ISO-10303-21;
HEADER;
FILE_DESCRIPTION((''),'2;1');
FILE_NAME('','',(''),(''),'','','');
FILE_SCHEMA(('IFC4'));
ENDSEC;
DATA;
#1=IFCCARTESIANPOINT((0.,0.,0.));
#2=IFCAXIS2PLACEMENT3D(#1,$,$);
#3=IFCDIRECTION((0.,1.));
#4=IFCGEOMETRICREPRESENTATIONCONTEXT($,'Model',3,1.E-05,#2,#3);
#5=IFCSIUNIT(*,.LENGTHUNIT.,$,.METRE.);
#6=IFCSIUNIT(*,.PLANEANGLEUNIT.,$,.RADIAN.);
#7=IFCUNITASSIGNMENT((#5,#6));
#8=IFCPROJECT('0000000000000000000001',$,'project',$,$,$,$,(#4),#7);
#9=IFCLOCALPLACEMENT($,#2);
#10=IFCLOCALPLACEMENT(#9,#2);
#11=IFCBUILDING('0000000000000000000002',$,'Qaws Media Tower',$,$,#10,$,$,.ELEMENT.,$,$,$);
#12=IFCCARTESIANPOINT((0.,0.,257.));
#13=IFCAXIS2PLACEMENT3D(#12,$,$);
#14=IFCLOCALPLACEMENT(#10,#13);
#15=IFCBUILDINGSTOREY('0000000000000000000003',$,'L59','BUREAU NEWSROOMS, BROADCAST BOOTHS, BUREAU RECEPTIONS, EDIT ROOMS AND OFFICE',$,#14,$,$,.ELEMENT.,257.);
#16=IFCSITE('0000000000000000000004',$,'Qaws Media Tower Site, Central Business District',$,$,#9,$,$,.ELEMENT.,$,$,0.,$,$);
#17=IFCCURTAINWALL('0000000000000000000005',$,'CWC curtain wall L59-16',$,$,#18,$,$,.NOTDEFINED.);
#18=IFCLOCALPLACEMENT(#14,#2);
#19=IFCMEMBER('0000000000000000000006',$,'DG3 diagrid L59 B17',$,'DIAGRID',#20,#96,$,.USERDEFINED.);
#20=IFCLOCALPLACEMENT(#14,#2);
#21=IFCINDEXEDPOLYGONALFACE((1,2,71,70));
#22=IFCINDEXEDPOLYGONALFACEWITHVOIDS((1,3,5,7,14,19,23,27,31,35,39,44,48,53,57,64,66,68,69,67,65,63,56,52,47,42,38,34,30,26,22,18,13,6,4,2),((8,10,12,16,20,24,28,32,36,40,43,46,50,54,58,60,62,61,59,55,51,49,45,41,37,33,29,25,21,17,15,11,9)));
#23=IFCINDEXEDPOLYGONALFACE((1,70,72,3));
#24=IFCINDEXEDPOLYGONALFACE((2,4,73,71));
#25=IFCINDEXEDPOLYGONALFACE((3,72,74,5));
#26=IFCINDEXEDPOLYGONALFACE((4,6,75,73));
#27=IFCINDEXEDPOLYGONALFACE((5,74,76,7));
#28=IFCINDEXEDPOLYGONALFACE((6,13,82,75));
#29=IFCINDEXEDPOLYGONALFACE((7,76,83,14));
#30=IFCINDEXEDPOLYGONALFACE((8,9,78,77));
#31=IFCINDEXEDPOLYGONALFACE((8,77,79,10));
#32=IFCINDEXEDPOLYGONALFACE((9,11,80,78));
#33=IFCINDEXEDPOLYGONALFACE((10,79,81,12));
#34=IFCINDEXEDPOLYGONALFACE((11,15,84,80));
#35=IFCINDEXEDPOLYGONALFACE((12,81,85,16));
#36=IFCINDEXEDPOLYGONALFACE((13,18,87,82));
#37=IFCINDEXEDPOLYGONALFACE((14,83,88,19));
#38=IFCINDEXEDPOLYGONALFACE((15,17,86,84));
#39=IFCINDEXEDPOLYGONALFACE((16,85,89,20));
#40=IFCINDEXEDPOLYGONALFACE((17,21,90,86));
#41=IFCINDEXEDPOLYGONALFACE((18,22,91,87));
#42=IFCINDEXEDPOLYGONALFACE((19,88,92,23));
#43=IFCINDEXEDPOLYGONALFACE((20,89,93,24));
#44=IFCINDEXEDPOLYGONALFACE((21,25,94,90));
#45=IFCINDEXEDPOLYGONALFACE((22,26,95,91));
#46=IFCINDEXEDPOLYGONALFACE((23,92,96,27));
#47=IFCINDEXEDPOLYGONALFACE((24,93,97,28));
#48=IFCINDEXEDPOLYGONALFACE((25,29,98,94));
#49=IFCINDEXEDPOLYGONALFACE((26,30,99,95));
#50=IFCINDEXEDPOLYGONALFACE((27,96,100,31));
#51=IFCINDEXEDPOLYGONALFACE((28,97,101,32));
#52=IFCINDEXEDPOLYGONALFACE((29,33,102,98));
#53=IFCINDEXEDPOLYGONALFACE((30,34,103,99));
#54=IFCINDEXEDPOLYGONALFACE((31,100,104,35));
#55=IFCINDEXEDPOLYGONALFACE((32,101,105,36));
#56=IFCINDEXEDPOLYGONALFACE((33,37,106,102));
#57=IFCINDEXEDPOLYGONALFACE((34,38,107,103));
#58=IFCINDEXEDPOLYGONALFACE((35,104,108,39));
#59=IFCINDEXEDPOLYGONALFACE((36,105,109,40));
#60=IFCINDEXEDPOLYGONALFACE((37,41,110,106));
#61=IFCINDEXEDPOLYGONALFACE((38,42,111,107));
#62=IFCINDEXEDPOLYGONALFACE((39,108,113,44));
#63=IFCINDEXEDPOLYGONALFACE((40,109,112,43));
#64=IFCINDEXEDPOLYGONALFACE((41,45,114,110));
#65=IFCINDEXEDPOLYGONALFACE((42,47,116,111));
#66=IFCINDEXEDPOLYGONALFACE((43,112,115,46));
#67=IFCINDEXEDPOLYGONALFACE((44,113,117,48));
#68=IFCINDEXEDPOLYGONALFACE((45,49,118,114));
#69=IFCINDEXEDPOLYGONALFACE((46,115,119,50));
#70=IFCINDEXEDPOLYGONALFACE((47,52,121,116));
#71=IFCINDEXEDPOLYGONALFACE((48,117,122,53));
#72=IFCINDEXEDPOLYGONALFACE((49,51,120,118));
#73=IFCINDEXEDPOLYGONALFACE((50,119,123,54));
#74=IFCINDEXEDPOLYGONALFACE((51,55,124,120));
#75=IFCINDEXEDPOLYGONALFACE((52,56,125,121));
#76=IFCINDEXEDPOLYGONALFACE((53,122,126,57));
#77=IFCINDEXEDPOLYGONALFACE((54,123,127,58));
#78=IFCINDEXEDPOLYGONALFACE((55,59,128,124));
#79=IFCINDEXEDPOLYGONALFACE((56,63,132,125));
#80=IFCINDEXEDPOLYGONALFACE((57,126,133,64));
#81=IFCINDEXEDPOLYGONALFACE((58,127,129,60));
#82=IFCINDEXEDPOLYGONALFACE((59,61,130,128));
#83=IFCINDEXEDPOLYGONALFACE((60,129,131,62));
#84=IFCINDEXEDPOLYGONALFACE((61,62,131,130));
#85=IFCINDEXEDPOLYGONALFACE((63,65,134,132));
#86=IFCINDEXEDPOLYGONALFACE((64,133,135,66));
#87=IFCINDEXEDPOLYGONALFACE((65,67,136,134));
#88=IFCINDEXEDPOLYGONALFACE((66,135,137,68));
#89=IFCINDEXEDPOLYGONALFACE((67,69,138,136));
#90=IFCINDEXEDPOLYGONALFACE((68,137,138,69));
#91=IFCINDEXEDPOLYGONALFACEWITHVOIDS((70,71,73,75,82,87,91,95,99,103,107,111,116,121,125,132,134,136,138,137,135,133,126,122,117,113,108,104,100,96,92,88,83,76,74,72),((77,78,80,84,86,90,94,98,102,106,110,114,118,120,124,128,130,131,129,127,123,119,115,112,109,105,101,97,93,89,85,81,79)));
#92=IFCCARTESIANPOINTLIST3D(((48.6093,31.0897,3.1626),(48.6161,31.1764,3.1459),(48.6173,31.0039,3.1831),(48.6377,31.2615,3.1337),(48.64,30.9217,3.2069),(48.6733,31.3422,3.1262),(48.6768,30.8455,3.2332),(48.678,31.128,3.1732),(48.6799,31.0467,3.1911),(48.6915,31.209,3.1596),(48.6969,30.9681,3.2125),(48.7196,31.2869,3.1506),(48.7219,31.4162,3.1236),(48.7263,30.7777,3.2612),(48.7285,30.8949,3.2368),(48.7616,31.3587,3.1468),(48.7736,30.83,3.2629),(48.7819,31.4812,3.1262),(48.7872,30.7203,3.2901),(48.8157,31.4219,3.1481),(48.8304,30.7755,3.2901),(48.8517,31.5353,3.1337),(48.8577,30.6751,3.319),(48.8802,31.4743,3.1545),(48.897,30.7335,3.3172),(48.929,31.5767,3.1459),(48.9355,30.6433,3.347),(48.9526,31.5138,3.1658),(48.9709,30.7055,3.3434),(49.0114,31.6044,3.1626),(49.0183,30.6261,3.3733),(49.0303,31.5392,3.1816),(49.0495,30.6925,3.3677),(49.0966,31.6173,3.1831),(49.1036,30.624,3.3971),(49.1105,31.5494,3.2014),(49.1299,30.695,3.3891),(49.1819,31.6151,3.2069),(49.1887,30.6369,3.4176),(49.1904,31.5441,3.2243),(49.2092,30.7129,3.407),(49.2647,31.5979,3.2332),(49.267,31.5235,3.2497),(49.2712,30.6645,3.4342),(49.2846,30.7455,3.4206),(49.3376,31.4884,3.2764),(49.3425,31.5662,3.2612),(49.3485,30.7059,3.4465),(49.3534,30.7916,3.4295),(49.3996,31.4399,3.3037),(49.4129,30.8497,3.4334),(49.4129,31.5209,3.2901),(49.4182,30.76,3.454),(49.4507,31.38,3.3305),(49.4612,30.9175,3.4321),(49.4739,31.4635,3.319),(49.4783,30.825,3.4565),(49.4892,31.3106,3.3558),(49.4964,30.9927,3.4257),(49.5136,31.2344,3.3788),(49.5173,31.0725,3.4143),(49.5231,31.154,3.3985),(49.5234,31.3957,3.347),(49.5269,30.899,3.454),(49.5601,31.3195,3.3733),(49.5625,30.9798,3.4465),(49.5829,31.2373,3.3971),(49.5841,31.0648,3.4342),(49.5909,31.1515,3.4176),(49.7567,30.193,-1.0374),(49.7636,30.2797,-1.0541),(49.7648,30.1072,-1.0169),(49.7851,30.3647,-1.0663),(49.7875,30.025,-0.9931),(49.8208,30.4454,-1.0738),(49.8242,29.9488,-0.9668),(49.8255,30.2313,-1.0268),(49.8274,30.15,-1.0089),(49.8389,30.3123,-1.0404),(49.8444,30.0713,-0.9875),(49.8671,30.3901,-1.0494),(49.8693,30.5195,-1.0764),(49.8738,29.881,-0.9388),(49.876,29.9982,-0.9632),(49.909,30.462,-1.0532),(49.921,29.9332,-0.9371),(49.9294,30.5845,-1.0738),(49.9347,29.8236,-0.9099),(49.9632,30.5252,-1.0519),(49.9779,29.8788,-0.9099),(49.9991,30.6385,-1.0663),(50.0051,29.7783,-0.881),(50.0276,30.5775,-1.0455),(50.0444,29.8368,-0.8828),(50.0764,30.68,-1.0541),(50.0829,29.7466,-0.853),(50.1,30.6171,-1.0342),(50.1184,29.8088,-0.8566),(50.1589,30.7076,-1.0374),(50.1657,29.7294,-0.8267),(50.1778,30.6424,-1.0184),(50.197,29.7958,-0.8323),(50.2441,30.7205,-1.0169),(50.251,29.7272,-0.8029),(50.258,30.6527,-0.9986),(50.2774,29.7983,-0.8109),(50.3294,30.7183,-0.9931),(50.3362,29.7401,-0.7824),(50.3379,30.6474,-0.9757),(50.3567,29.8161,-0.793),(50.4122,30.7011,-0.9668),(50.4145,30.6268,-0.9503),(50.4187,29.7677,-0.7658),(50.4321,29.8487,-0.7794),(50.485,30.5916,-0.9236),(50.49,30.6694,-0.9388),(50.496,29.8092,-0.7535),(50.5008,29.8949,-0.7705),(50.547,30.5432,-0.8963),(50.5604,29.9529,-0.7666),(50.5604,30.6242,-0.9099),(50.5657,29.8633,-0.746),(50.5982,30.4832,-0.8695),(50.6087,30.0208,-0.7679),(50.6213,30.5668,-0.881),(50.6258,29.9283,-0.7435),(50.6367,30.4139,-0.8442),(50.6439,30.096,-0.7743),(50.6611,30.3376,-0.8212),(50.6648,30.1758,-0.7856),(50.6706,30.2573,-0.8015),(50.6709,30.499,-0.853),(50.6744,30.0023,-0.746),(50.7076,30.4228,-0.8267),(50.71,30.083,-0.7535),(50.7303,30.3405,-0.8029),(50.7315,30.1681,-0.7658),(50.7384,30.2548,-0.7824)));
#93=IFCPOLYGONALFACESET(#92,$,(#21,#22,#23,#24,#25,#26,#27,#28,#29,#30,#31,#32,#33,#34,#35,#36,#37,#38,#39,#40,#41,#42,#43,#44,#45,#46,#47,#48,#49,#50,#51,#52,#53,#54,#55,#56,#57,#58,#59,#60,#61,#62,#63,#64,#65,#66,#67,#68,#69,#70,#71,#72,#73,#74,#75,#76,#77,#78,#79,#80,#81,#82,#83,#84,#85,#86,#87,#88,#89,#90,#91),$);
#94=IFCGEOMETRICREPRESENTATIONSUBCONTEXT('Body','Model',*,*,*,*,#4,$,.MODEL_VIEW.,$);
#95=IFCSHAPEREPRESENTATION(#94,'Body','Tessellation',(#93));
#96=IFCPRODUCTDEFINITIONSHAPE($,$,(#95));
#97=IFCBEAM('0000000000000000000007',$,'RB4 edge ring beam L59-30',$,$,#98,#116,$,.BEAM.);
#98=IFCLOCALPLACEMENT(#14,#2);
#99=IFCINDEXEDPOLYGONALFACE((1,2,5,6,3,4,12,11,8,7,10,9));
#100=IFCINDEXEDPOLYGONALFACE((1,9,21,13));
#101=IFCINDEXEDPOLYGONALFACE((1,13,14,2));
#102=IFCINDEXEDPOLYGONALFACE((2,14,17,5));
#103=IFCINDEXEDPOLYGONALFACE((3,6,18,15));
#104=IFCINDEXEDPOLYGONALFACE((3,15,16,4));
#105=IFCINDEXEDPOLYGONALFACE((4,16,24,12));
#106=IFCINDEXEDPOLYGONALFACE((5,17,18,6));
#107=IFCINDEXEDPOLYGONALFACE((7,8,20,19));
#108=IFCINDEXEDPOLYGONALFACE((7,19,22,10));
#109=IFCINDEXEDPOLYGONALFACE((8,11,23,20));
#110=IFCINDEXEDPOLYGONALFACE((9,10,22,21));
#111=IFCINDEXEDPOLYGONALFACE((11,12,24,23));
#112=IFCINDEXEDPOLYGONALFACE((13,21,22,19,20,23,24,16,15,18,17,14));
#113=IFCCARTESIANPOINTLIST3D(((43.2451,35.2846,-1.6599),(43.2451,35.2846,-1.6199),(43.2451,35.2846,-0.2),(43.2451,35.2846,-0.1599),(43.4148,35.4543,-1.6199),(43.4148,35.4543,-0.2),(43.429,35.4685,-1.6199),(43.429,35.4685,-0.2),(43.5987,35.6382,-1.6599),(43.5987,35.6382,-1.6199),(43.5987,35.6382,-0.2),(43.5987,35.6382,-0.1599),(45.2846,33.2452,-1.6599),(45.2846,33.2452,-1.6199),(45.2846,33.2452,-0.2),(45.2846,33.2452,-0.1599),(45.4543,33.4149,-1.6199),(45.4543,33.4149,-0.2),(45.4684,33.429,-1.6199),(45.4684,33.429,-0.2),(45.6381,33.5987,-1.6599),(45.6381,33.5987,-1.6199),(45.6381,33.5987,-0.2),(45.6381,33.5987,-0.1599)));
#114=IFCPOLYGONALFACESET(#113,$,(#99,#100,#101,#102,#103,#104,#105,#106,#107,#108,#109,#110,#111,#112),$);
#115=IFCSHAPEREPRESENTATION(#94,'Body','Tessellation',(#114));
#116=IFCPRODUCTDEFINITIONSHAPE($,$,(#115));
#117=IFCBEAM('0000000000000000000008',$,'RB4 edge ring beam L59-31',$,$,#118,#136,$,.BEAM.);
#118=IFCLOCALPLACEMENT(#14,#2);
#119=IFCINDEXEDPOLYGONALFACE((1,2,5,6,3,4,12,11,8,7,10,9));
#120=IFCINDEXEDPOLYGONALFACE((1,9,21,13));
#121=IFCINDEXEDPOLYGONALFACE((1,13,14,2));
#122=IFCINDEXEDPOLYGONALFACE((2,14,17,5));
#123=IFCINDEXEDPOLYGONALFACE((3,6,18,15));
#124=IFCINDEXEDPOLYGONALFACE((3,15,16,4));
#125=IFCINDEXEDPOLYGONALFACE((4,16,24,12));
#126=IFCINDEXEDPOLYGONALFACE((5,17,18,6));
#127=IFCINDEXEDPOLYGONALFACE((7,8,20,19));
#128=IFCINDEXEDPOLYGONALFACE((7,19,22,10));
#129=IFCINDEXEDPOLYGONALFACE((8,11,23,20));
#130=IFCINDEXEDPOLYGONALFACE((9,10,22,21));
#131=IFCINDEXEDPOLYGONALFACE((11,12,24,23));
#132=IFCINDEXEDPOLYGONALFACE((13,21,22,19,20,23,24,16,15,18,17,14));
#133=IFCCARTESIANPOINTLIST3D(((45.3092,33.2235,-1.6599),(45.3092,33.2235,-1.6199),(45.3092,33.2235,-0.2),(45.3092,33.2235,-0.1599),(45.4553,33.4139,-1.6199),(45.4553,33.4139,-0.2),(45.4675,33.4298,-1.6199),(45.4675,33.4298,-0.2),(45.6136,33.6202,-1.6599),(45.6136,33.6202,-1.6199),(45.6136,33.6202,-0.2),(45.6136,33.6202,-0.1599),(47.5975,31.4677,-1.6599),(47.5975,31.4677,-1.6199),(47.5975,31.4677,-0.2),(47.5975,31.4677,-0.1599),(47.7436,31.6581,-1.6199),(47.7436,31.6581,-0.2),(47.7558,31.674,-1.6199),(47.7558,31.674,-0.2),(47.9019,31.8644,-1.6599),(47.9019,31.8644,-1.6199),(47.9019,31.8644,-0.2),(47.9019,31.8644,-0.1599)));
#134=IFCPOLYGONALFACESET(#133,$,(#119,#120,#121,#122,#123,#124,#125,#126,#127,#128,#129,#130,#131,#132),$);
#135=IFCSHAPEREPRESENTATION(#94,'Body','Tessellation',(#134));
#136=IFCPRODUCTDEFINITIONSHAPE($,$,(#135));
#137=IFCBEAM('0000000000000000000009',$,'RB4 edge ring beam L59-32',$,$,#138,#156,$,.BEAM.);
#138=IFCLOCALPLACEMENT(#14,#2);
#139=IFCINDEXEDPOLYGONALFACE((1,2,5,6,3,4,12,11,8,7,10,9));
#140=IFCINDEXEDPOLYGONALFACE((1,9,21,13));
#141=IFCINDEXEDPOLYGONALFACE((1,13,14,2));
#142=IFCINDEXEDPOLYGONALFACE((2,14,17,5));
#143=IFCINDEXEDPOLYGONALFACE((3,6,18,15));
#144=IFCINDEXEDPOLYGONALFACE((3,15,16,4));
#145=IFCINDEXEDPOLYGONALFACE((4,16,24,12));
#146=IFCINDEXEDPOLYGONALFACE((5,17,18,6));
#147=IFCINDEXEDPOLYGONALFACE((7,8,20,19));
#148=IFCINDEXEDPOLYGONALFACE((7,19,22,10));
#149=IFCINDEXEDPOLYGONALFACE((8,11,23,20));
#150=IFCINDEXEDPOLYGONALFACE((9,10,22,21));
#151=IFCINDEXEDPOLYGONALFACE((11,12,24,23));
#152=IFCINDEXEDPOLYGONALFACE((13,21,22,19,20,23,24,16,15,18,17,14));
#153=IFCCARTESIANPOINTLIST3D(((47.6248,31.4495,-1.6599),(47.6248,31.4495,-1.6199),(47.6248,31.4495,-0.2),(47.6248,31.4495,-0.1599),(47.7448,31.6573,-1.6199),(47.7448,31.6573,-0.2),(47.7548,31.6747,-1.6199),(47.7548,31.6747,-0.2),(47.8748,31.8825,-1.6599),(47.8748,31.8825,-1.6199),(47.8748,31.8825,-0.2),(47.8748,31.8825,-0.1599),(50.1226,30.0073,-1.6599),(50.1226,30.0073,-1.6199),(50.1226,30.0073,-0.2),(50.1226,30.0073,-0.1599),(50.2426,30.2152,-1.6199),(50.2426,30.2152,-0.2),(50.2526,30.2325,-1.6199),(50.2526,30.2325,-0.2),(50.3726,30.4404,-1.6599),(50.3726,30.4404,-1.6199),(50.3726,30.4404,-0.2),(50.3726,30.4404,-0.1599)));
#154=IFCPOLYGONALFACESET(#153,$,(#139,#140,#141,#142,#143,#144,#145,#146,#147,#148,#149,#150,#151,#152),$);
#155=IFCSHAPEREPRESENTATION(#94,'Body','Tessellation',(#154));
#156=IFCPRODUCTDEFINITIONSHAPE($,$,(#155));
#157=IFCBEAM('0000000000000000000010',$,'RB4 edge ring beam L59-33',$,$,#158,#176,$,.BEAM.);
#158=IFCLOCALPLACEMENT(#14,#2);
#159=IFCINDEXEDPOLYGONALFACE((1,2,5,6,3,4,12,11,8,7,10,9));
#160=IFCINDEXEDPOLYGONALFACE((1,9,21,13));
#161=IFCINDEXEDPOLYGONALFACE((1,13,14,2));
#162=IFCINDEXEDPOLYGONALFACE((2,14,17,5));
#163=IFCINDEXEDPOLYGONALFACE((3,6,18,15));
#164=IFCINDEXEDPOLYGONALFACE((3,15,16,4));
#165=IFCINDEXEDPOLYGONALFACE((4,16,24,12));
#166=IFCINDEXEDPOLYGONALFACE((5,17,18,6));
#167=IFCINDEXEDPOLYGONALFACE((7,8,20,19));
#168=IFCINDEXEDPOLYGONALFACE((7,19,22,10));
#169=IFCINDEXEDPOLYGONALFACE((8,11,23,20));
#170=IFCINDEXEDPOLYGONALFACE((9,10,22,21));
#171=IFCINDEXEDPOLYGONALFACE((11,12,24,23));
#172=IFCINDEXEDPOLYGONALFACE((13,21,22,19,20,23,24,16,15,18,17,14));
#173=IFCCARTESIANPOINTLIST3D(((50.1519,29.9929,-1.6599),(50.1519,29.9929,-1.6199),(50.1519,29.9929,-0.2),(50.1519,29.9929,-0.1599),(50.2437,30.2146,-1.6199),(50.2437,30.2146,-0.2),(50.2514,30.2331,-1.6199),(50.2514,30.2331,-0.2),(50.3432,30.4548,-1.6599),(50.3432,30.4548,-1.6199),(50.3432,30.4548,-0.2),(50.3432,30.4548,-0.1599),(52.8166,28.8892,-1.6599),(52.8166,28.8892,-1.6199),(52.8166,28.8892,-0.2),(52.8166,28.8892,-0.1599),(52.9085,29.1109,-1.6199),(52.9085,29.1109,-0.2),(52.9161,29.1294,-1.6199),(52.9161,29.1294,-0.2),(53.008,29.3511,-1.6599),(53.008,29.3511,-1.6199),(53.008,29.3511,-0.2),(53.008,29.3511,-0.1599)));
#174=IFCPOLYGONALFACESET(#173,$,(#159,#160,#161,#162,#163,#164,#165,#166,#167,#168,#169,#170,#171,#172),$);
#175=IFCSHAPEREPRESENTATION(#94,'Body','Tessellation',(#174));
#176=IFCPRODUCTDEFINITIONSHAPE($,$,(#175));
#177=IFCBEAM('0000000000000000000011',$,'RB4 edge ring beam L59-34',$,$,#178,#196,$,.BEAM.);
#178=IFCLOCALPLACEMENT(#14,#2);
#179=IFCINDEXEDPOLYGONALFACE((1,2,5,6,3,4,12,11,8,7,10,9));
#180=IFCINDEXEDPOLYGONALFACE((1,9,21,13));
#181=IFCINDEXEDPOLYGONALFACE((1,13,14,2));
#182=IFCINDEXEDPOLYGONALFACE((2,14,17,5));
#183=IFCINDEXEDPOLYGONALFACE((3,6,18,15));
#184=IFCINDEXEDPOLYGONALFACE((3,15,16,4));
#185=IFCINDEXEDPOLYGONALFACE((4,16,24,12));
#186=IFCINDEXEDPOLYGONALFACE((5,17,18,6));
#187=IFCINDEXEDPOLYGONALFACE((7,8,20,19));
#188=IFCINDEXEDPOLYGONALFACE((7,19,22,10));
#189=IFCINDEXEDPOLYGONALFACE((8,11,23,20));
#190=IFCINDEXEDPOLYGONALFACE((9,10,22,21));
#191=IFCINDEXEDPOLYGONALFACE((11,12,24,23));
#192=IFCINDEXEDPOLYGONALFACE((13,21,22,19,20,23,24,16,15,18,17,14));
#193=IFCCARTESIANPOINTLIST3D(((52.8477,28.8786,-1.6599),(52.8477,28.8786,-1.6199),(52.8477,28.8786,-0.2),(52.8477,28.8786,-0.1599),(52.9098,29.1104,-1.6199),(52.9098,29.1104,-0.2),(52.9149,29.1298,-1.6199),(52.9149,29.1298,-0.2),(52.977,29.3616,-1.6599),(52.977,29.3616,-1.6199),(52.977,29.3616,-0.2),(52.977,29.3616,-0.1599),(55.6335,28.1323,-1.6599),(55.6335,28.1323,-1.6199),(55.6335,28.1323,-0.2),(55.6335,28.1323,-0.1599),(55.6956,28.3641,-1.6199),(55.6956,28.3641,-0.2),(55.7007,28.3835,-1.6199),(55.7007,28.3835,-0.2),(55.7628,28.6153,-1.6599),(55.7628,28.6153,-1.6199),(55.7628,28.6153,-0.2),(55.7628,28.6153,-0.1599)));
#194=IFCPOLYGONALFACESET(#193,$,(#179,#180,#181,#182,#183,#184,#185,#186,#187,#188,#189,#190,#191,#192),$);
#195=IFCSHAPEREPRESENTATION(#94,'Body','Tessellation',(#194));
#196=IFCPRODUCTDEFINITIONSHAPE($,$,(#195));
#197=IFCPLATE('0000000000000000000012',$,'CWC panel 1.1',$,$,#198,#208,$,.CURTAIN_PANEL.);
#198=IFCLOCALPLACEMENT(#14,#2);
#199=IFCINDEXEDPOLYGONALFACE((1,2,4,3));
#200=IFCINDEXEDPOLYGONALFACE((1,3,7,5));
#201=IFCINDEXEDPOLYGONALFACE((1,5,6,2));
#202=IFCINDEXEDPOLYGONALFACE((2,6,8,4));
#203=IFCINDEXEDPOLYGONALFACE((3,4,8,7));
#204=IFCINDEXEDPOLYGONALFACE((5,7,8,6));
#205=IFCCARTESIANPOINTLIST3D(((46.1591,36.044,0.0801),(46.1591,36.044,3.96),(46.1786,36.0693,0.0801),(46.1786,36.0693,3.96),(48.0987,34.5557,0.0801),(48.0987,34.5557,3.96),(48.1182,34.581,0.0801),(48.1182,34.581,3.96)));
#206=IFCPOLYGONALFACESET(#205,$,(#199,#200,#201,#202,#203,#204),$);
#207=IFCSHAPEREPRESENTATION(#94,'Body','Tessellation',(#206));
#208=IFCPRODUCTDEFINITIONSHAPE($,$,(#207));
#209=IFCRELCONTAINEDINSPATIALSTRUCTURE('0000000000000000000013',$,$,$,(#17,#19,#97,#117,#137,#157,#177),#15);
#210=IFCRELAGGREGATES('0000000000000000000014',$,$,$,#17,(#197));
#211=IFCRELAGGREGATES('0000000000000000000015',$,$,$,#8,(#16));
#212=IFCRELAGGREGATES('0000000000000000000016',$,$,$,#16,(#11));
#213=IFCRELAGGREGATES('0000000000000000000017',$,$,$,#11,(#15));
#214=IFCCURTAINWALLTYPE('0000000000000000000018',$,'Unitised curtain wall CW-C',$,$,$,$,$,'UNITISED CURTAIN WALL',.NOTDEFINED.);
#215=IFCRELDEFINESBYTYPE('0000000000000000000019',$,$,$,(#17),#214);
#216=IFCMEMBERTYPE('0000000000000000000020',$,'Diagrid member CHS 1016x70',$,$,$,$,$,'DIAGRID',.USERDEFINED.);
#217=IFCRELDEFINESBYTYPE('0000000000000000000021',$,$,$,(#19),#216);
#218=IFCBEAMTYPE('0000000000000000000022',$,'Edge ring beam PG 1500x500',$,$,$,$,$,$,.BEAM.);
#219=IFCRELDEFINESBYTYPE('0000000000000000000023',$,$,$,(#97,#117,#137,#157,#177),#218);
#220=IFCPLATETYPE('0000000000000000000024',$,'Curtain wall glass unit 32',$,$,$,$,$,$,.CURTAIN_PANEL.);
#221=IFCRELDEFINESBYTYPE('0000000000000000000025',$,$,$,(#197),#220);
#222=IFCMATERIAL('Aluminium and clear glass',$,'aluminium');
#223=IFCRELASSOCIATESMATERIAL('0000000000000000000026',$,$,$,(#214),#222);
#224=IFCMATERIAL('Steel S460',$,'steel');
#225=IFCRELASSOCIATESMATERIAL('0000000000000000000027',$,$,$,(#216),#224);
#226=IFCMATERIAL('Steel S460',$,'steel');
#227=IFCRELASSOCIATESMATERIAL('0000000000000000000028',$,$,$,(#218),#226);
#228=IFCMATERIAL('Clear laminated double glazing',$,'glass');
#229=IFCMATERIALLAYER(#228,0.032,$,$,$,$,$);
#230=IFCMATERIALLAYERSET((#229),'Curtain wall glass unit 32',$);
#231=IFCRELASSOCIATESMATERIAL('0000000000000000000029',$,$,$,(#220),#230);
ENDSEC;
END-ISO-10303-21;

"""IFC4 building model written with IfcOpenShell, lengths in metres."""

from ifc_helpers import new_model, si_unit, direction, frame, origin, origin_2d, place, context, subcontext, project, spatial, rectangle, hollow_circle, i_section, extrude, material, layer, layer_set, material_profile, profile_set, type_object, element, aggregate, save


model = new_model("IFC4")

# Units and contexts
model_context = context("Model", 3, precision=1e-05, world=origin(), true_north=direction((0.0, 1.0)))
body_context = subcontext(model_context, "Body", "Model", "MODEL_VIEW")
ifc_project = project(units=[si_unit("LENGTHUNIT", "METRE"), si_unit("PLANEANGLEUNIT", "RADIAN")], contexts=[model_context])

# Site, building, storey
site_placement = place(None, origin())
site = spatial("IfcSite", under=ifc_project, at=site_placement, Name="Qaws Media Tower Site, Central Business District", CompositionType="ELEMENT", RefElevation=0.0)
building_placement = place(site_placement, origin())
building = spatial("IfcBuilding", under=site, at=building_placement, Name="Qaws Media Tower", CompositionType="ELEMENT")
storey_placement = place(building_placement, frame((0.0, 0.0, 257.0)))
storey = spatial("IfcBuildingStorey", under=building, at=storey_placement, Name="L59", Description="BUREAU NEWSROOMS, BROADCAST BOOTHS, BUREAU RECEPTIONS, EDIT ROOMS AND OFFICE", CompositionType="ELEMENT", Elevation=257.0)

# Curtain wall
ifc_material_1 = material(Name="Aluminium and clear glass", Category="aluminium")
curtain_wall_type = type_object("IfcCurtainWallType", Name="Unitised curtain wall CW-C", ElementType="UNITISED CURTAIN WALL", PredefinedType="NOTDEFINED", material=ifc_material_1)
curtain_wall_1_placement = place(storey_placement, origin())
curtain_wall_1 = element("IfcCurtainWall", 1, at=curtain_wall_1_placement, inside=storey, type_object=curtain_wall_type, Name="CWC curtain wall L59-16", PredefinedType="NOTDEFINED")

# Member
ifc_material_2 = material(Name="Steel S460", Category="steel")
ifc_material_profile_1 = material_profile(ifc_material_2, hollow_circle(Radius=0.5081, WallThickness=0.0701, at=origin_2d()), Name="CHS 1016x70")
ifc_profile_set_1 = profile_set([ifc_material_profile_1], Name="Steel S460")
member_type_1 = type_object("IfcMemberType", Name="Diagrid member CHS 1016x70", ElementType="DIAGRID", PredefinedType="USERDEFINED", material=ifc_profile_set_1)
for number, where, z_axis, x_axis, name in (
    (2, (50.2476, 30.2239, -0.9099), (-0.258131, 0.201727, 0.944815), (-0.615761, -0.787933, 0.0), "DG3 diagrid L59 B17"),
):
    element("IfcMember", number, at=place(storey_placement, frame(where, z_axis=z_axis, x_axis=x_axis)), inside=storey, type_object=member_type_1, Name=name, ObjectType="DIAGRID", PredefinedType="USERDEFINED", context=body_context, shape_type="SweptSolid", body=[
        extrude(hollow_circle(Radius=0.5081, WallThickness=0.0701, at=origin_2d()), origin(), (0.0, 0.0, 1.0), 4.4453),
    ])

# Beams
ifc_material_3 = material(Name="Steel S460", Category="steel")
ifc_material_profile_2 = material_profile(ifc_material_3, i_section(OverallWidth=0.5, OverallDepth=1.5, WebThickness=0.02, FlangeThickness=0.04, at=origin_2d()), Name="PG 1500x500")
ifc_profile_set_2 = profile_set([ifc_material_profile_2], Name="Steel S460")
beam_type = type_object("IfcBeamType", Name="Edge ring beam PG 1500x500", PredefinedType="BEAM", material=ifc_profile_set_2)
for number, where, z_axis, x_axis, name in (
    (3, (43.4219, 35.4614, -0.9099), (0.707107, -0.707107, 0.0), (0.707107, 0.707107, 0.0), "RB4 edge ring beam L59-30"),
    (4, (45.4614, 33.4219, -0.9099), (0.79336, -0.608753, 0.0), (0.608753, 0.79336, 0.0), "RB4 edge ring beam L59-31"),
    (5, (47.7498, 31.666, -0.9099), (0.866021, -0.500008, 0.0), (0.500008, 0.866021, 0.0), "RB4 edge ring beam L59-32"),
    (6, (50.2476, 30.2239, -0.9099), (0.923884, -0.382673, 0.0), (0.382673, 0.923884, 0.0), "RB4 edge ring beam L59-33"),
):
    element("IfcBeam", number, at=place(storey_placement, frame(where, z_axis=z_axis, x_axis=x_axis)), inside=storey, type_object=beam_type, Name=name, PredefinedType="BEAM", context=body_context, shape_type="SweptSolid", body=[
        extrude(i_section(OverallWidth=0.5, OverallDepth=1.5, WebThickness=0.02, FlangeThickness=0.04, at=origin_2d()), origin(), (0.0, 0.0, 1.0), 2.8843),
    ])
beam_placement = place(storey_placement, frame((52.9124, 29.1201, -0.9099), z_axis=(0.965938, -0.258774, 0.0), x_axis=(0.258774, 0.965938, 0.0)))
element("IfcBeam", 7, at=beam_placement, inside=storey, type_object=beam_type, Name="RB4 edge ring beam L59-34", PredefinedType="BEAM", context=body_context, shape_type="SweptSolid", body=[
    extrude(i_section(OverallWidth=0.5, OverallDepth=1.5, WebThickness=0.02, FlangeThickness=0.04, at=origin_2d()), origin(), (0.0, 0.0, 1.0), 2.884),
])

# Plate
ifc_material_4 = material(Name="Clear laminated double glazing", Category="glass")
ifc_layer_1 = layer(ifc_material_4, 0.032)
ifc_layer_set_1 = layer_set([ifc_layer_1], Name="Curtain wall glass unit 32")
plate_type_1 = type_object("IfcPlateType", Name="Curtain wall glass unit 32", PredefinedType="CURTAIN_PANEL", material=ifc_layer_set_1)
plate_1_placement = place(storey_placement, frame((47.1387, 35.3125, 0.0801), z_axis=(0.0, 0.0, 1.0), x_axis=(0.793353, -0.608761, 0.0)))
plate_1 = element("IfcPlate", 8, at=plate_1_placement, type_object=plate_type_1, Name="CWC panel 1.1", PredefinedType="CURTAIN_PANEL", context=body_context, shape_type="SweptSolid", body=[
    extrude(rectangle(XDim=2.4448, YDim=0.032, at=origin_2d()), origin(), (0.0, 0.0, 1.0), 3.8799),
])
aggregate(curtain_wall_1, [plate_1])

save(model, "model.ifc")
